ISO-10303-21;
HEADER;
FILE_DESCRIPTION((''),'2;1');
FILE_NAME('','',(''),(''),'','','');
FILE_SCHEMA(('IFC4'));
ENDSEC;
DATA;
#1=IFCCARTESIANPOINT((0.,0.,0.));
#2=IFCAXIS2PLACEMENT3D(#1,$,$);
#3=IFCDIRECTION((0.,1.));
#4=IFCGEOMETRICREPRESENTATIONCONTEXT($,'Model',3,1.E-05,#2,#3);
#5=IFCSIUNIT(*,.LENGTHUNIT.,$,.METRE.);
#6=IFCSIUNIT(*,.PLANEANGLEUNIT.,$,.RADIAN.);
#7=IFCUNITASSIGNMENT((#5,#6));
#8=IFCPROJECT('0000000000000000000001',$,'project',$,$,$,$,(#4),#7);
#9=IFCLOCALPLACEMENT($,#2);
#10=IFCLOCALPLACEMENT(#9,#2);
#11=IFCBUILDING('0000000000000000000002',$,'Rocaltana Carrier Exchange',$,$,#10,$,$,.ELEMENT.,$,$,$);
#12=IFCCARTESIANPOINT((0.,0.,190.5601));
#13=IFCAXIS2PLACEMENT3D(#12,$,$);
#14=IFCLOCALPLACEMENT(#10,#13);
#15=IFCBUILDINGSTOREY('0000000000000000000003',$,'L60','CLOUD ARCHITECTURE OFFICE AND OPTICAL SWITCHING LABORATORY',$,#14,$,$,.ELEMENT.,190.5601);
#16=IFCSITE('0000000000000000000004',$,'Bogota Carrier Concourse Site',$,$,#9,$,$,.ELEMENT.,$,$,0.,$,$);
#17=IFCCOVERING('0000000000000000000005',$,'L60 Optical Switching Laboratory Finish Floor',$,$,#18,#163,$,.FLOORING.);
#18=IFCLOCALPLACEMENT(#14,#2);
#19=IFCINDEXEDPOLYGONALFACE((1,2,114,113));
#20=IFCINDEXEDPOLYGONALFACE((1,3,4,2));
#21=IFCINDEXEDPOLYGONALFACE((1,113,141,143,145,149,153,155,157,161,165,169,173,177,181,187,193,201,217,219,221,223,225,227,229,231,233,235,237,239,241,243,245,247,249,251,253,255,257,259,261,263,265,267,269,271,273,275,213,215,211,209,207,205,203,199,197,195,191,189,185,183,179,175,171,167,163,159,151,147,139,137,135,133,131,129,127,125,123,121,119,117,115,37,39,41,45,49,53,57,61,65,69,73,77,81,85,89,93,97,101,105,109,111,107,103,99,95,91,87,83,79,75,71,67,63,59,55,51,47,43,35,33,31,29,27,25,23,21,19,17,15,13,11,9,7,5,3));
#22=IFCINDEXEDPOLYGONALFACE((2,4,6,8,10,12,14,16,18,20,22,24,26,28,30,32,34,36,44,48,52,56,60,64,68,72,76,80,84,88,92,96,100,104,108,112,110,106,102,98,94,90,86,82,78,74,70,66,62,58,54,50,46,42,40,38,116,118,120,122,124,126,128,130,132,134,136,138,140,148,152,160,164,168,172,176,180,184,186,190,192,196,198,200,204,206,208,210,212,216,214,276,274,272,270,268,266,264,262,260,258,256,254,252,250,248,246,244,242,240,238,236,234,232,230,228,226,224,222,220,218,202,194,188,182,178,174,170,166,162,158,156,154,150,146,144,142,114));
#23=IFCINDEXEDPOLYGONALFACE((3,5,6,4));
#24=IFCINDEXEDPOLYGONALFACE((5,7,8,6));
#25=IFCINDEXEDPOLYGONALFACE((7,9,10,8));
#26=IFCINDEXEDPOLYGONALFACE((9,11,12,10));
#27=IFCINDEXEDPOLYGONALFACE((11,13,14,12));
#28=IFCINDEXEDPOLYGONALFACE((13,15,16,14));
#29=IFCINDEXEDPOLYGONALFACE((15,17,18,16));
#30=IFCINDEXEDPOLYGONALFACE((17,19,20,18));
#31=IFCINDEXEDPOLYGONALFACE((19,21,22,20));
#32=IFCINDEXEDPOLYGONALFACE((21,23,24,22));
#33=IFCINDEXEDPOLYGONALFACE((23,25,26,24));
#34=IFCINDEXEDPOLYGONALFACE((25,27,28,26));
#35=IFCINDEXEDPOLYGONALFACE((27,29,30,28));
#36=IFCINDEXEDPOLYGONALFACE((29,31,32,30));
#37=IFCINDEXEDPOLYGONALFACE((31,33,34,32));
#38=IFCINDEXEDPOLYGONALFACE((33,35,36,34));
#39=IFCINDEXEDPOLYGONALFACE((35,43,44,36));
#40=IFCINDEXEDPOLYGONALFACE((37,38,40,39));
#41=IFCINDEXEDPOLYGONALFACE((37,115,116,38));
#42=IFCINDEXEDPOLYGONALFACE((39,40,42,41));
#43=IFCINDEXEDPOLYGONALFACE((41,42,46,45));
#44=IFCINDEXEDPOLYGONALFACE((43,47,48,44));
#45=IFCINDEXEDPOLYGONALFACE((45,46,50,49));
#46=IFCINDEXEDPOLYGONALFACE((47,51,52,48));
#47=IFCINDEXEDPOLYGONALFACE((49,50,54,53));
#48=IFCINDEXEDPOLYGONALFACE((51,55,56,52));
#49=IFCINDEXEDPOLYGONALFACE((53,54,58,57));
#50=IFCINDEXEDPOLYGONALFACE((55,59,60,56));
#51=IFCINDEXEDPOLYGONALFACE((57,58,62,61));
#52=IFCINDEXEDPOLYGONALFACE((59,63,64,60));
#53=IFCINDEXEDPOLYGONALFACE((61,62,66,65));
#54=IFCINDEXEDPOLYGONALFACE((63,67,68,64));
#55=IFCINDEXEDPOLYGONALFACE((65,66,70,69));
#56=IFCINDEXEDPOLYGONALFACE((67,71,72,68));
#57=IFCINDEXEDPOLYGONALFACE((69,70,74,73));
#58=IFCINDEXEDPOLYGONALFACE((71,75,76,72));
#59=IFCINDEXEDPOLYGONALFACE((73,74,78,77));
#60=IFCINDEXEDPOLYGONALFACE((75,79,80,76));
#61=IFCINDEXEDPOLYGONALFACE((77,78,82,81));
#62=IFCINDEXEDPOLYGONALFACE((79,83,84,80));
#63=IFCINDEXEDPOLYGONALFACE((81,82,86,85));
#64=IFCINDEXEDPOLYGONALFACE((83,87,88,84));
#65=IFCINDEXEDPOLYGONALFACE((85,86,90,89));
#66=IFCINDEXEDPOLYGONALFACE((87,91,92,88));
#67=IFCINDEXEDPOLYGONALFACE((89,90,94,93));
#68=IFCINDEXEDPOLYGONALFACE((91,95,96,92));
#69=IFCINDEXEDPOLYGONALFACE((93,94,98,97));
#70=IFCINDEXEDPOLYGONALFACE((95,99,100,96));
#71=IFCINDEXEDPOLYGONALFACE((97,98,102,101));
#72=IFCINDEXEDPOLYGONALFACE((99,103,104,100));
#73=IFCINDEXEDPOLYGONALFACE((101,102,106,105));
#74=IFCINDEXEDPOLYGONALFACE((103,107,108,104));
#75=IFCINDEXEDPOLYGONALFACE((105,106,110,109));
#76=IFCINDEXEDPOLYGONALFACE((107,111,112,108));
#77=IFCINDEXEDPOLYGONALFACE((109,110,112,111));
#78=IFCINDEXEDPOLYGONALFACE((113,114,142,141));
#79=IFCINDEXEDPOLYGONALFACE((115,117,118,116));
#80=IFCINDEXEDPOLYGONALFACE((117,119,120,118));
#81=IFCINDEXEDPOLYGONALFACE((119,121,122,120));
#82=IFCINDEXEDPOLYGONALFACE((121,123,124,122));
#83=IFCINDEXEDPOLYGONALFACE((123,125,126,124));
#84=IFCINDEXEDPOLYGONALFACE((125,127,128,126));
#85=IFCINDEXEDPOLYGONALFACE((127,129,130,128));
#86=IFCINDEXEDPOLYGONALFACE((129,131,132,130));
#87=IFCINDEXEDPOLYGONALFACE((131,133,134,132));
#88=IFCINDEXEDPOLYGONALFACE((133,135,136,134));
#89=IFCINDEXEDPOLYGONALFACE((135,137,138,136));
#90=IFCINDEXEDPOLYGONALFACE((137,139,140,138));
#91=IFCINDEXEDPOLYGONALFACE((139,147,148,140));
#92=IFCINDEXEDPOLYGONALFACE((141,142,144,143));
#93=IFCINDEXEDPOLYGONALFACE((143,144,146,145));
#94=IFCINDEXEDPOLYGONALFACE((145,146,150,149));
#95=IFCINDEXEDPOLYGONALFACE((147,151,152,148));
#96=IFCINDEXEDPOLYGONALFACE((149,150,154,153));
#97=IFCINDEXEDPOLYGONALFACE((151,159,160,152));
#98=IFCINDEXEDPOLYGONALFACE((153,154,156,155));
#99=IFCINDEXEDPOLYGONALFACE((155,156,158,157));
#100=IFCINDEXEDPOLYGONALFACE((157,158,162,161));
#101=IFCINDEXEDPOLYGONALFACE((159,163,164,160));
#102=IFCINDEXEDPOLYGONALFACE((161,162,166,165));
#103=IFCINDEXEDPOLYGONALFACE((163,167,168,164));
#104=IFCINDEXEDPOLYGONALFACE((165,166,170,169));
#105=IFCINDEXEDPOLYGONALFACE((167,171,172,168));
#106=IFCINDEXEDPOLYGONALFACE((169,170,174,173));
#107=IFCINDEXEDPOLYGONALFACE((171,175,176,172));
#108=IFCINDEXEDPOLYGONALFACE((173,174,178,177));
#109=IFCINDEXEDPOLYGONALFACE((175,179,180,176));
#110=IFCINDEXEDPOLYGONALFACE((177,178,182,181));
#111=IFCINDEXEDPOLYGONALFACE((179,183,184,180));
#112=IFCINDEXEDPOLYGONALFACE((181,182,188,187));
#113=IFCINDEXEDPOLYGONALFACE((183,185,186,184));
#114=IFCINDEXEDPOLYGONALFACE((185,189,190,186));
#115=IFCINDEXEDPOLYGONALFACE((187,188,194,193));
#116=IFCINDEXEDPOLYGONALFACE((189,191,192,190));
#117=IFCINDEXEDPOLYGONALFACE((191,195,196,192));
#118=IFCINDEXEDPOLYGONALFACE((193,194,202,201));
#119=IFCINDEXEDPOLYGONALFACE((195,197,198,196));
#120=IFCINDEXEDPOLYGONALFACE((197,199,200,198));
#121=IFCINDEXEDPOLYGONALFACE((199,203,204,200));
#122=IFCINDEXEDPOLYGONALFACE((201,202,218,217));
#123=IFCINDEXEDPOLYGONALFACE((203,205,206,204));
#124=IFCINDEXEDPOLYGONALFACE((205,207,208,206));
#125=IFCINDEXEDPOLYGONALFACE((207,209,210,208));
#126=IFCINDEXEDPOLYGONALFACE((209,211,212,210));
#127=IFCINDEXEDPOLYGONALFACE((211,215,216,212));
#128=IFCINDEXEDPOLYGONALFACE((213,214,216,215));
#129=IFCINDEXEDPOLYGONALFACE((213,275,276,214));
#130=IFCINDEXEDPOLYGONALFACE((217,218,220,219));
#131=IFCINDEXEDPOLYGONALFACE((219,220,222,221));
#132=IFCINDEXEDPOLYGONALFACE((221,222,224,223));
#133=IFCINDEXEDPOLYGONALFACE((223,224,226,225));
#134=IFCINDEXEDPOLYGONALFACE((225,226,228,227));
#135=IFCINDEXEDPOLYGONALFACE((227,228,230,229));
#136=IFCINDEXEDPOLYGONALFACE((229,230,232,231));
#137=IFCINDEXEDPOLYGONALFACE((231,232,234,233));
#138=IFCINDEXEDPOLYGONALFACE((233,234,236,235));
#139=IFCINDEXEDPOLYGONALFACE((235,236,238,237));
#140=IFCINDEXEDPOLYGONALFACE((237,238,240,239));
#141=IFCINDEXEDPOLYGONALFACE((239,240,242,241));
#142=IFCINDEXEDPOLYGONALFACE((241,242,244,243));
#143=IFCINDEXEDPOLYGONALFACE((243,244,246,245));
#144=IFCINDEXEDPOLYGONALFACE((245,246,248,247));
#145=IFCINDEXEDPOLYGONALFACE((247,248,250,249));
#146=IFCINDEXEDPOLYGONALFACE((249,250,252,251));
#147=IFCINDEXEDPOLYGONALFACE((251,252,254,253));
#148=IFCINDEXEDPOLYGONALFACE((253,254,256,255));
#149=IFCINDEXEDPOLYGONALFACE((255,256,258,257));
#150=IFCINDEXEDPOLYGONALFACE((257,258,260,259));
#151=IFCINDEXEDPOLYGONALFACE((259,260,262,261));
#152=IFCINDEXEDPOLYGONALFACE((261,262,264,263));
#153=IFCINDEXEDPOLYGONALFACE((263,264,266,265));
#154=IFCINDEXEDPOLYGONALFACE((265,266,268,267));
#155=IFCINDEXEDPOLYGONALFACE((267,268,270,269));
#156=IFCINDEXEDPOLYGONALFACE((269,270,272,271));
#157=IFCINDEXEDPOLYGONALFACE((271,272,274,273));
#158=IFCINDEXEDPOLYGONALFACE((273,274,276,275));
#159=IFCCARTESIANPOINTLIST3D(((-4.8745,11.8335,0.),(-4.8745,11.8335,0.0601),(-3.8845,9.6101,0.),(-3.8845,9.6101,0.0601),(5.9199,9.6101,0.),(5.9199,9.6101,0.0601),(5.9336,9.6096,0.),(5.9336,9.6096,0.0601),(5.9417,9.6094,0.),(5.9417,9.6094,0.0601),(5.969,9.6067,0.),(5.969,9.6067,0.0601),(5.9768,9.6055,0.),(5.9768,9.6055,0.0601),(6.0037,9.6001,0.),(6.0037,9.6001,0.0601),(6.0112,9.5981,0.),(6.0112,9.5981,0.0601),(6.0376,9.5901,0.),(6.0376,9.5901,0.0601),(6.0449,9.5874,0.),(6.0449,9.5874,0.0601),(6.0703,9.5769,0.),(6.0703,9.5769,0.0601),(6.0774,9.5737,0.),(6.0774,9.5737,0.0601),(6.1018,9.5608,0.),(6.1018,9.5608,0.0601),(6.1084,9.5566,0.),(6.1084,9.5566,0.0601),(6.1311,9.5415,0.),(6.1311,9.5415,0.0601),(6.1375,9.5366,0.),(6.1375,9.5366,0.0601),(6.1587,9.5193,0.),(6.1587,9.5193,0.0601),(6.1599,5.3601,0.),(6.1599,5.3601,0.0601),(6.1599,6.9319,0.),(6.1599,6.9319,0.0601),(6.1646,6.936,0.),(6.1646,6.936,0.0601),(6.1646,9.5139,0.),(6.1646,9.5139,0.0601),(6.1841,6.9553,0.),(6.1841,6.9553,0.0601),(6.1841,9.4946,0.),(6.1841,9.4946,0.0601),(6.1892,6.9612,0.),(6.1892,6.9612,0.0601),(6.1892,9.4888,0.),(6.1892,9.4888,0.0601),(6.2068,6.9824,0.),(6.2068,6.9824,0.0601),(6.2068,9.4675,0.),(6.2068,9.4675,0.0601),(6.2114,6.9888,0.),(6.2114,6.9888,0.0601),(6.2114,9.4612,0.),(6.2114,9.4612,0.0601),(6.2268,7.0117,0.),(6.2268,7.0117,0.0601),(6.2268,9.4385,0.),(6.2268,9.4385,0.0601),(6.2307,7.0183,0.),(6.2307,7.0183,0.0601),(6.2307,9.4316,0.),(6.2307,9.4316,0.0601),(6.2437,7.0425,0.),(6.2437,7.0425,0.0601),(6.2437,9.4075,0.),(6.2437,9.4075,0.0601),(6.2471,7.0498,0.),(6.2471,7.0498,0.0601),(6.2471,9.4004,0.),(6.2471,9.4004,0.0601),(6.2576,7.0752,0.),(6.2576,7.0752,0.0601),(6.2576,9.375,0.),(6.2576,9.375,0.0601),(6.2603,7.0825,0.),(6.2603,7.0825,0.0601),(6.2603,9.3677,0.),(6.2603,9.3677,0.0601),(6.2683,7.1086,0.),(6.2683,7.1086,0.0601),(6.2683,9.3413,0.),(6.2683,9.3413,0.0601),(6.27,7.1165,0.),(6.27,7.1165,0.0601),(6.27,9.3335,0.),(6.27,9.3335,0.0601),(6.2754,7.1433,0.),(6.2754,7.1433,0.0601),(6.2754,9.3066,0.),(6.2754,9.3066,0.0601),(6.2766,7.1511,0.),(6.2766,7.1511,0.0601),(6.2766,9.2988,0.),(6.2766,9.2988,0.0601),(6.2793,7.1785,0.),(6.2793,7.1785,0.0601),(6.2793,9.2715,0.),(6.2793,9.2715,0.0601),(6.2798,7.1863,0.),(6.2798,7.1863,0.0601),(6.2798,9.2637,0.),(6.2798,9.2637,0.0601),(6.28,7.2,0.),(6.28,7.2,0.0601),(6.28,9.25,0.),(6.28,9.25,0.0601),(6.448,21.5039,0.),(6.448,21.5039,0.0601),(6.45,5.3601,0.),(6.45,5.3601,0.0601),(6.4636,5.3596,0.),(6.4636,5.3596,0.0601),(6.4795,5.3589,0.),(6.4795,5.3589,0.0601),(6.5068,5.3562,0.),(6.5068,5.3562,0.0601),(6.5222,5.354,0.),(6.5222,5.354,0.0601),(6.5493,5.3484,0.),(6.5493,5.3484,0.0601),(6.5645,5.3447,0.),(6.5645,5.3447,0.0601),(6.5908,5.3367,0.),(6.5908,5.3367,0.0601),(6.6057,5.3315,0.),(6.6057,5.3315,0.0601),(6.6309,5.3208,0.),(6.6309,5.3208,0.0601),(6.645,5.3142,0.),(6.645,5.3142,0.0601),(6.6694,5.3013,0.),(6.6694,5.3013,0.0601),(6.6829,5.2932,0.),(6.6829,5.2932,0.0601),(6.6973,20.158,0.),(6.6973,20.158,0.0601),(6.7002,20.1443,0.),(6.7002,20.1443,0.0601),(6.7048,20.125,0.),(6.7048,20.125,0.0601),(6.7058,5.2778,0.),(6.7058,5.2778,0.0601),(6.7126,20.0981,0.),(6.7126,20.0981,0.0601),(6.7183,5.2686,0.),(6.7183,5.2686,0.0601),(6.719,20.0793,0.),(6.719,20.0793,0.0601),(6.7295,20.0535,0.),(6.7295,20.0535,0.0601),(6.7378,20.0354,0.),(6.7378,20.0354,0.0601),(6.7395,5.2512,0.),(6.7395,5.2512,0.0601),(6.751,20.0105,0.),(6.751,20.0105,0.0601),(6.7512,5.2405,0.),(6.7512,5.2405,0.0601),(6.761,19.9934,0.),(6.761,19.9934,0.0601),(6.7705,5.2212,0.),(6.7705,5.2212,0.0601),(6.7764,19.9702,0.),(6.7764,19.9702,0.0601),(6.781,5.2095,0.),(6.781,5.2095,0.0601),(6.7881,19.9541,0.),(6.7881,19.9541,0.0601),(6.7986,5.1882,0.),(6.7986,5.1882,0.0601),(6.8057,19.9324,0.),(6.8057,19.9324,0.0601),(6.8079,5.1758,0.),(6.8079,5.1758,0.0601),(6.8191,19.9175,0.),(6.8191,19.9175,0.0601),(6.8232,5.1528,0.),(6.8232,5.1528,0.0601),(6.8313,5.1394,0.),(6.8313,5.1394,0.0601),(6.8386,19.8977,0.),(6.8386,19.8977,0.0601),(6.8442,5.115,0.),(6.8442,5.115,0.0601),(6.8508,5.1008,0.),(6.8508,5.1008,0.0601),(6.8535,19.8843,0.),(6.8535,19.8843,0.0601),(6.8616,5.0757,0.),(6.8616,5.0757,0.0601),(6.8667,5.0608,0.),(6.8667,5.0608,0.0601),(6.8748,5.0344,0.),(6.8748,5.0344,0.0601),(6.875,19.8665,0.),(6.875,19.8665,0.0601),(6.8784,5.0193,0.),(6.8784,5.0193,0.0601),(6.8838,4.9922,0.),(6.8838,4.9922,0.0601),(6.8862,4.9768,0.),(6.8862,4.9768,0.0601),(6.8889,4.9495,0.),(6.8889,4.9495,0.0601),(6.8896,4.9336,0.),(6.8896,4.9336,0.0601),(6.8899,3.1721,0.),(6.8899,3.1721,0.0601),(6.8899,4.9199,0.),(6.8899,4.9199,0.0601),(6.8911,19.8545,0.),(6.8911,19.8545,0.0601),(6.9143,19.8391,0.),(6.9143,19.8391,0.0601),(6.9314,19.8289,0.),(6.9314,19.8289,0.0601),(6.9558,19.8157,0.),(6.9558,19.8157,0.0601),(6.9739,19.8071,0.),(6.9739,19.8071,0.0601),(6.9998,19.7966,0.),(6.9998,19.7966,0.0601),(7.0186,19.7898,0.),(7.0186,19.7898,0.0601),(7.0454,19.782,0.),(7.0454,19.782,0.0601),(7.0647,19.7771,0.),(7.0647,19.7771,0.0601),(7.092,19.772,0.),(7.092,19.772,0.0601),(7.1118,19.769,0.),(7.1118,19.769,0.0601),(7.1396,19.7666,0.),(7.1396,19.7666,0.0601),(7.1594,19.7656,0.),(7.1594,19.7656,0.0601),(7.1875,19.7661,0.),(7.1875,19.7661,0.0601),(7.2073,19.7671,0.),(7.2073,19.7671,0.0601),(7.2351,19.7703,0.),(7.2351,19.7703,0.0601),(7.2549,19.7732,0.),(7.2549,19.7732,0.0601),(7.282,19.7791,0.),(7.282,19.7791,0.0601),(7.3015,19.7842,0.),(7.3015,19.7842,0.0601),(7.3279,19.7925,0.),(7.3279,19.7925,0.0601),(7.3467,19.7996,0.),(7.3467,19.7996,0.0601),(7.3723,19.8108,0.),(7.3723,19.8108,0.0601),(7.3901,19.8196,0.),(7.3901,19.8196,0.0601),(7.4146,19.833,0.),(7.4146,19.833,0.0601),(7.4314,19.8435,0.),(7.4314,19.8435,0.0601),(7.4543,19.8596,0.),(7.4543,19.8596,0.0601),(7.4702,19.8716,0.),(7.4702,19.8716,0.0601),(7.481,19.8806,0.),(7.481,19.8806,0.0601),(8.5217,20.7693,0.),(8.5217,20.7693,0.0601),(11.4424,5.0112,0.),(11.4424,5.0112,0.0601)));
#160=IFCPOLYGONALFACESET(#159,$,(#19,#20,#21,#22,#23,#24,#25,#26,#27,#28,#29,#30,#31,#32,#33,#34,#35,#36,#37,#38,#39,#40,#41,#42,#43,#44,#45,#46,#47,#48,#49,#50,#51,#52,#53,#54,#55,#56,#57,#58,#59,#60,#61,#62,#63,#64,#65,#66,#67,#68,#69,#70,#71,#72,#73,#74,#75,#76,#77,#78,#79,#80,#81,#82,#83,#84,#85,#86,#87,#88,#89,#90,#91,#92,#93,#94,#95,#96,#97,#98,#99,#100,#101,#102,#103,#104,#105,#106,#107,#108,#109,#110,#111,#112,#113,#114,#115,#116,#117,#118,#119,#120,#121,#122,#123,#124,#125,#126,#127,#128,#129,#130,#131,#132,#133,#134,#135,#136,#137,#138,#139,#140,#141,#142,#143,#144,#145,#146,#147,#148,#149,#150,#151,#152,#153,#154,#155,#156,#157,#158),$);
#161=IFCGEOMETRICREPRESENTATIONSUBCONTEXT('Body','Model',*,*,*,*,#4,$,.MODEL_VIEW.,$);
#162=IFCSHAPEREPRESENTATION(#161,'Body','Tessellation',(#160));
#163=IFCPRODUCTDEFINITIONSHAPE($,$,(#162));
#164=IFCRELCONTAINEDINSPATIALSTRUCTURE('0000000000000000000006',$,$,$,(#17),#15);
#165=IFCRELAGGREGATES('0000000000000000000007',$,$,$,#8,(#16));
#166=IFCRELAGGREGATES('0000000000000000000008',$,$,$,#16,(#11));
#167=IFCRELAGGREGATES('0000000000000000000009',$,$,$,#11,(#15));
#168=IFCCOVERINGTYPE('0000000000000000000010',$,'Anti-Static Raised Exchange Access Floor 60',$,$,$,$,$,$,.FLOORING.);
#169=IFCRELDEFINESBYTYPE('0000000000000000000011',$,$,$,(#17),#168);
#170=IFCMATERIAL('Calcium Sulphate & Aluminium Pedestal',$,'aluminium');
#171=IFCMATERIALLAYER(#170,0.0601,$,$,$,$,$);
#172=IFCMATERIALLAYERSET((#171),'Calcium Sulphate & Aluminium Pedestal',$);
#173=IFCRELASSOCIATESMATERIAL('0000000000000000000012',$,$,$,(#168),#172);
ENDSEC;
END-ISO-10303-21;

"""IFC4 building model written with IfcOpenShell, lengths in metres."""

from ifc_helpers import new_model, si_unit, direction, frame, origin, place, context, subcontext, project, spatial, polyline, outline, extrude, material, layer, layer_set, type_object, element, save


model = new_model("IFC4")

# Units and contexts
model_context = context("Model", 3, precision=1e-05, world=origin(), true_north=direction((0.0, 1.0)))
body_context = subcontext(model_context, "Body", "Model", "MODEL_VIEW")
ifc_project = project(units=[si_unit("LENGTHUNIT", "METRE"), si_unit("PLANEANGLEUNIT", "RADIAN")], contexts=[model_context])

# Site, building, storey
site_placement = place(None, origin())
site = spatial("IfcSite", under=ifc_project, at=site_placement, Name="Bogota Carrier Concourse Site", CompositionType="ELEMENT", RefElevation=0.0)
building_placement = place(site_placement, origin())
building = spatial("IfcBuilding", under=site, at=building_placement, Name="Rocaltana Carrier Exchange", CompositionType="ELEMENT")
storey_placement = place(building_placement, frame((0.0, 0.0, 190.5601)))
storey = spatial("IfcBuildingStorey", under=building, at=storey_placement, Name="L60", Description="CLOUD ARCHITECTURE OFFICE AND OPTICAL SWITCHING LABORATORY", CompositionType="ELEMENT", Elevation=190.5601)

# Covering
ifc_material_1 = material(Name="Calcium Sulphate & Aluminium Pedestal", Category="aluminium")
ifc_layer_1 = layer(ifc_material_1, 0.0601)
ifc_layer_set_1 = layer_set([ifc_layer_1], Name="Calcium Sulphate & Aluminium Pedestal")
covering_type_1 = type_object("IfcCoveringType", Name="Anti-Static Raised Exchange Access Floor 60", PredefinedType="FLOORING", material=ifc_layer_set_1)
covering_1_placement = place(storey_placement, origin())
element("IfcCovering", 1, at=covering_1_placement, inside=storey, type_object=covering_type_1, Name="L60 Optical Switching Laboratory Finish Floor", PredefinedType="FLOORING", context=body_context, shape_type="SweptSolid", body=[
    extrude(outline(polyline([(6.1599, 6.9319), (6.1646, 6.936), (6.1841, 6.9553), (6.1892, 6.9612), (6.2068, 6.9824), (6.2114, 6.9888), (6.2268, 7.0117), (6.2307, 7.0183), (6.2437, 7.0425), (6.2471, 7.0498), (6.2576, 7.0752), (6.2603, 7.0825), (6.2683, 7.1086), (6.27, 7.1165), (6.2754, 7.1433), (6.2766, 7.1511), (6.2793, 7.1785), (6.2798, 7.1863), (6.28, 7.2), (6.28, 9.25), (6.2798, 9.2637), (6.2793, 9.2715), (6.2766, 9.2988), (6.2754, 9.3066), (6.27, 9.3335), (6.2683, 9.3413), (6.2603, 9.3677), (6.2576, 9.375), (6.2471, 9.4004), (6.2437, 9.4075), (6.2307, 9.4316), (6.2268, 9.4385), (6.2114, 9.4612), (6.2068, 9.4675), (6.1892, 9.4888), (6.1841, 9.4946), (6.1646, 9.5139), (6.1587, 9.5193), (6.1375, 9.5366), (6.1311, 9.5415), (6.1084, 9.5566), (6.1018, 9.5608), (6.0774, 9.5737), (6.0703, 9.5769), (6.0449, 9.5874), (6.0376, 9.5901), (6.0112, 9.5981), (6.0037, 9.6001), (5.9768, 9.6055), (5.969, 9.6067), (5.9417, 9.6094), (5.9336, 9.6096), (5.9199, 9.6101), (-3.8845, 9.6101), (-4.8745, 11.8335), (6.448, 21.5039), (6.6973, 20.158), (6.7002, 20.1443), (6.7048, 20.125), (6.7126, 20.0981), (6.719, 20.0793), (6.7295, 20.0535), (6.7378, 20.0354), (6.751, 20.0105), (6.761, 19.9934), (6.7764, 19.9702), (6.7881, 19.9541), (6.8057, 19.9324), (6.8191, 19.9175), (6.8386, 19.8977), (6.8535, 19.8843), (6.875, 19.8665), (6.8911, 19.8545), (6.9143, 19.8391), (6.9314, 19.8289), (6.9558, 19.8157), (6.9739, 19.8071), (6.9998, 19.7966), (7.0186, 19.7898), (7.0454, 19.782), (7.0647, 19.7771), (7.092, 19.772), (7.1118, 19.769), (7.1396, 19.7666), (7.1594, 19.7656), (7.1875, 19.7661), (7.2073, 19.7671), (7.2351, 19.7703), (7.2549, 19.7732), (7.282, 19.7791), (7.3015, 19.7842), (7.3279, 19.7925), (7.3467, 19.7996), (7.3723, 19.8108), (7.3901, 19.8196), (7.4146, 19.833), (7.4314, 19.8435), (7.4543, 19.8596), (7.4702, 19.8716), (7.481, 19.8806), (8.5217, 20.7693), (11.4424, 5.0112), (6.8899, 3.1721), (6.8899, 4.9199), (6.8896, 4.9336), (6.8889, 4.9495), (6.8862, 4.9768), (6.8838, 4.9922), (6.8784, 5.0193), (6.8748, 5.0344), (6.8667, 5.0608), (6.8616, 5.0757), (6.8508, 5.1008), (6.8442, 5.115), (6.8313, 5.1394), (6.8232, 5.1528), (6.8079, 5.1758), (6.7986, 5.1882), (6.781, 5.2095), (6.7705, 5.2212), (6.7512, 5.2405), (6.7395, 5.2512), (6.7183, 5.2686), (6.7058, 5.2778), (6.6829, 5.2932), (6.6694, 5.3013), (6.645, 5.3142), (6.6309, 5.3208), (6.6057, 5.3315), (6.5908, 5.3367), (6.5645, 5.3447), (6.5493, 5.3484), (6.5222, 5.354), (6.5068, 5.3562), (6.4795, 5.3589), (6.4636, 5.3596), (6.45, 5.3601), (6.1599, 5.3601), (6.1599, 6.9319)])), origin(), (0.0, 0.0, 1.0), 0.0601),
])

save(model, "model.ifc")
